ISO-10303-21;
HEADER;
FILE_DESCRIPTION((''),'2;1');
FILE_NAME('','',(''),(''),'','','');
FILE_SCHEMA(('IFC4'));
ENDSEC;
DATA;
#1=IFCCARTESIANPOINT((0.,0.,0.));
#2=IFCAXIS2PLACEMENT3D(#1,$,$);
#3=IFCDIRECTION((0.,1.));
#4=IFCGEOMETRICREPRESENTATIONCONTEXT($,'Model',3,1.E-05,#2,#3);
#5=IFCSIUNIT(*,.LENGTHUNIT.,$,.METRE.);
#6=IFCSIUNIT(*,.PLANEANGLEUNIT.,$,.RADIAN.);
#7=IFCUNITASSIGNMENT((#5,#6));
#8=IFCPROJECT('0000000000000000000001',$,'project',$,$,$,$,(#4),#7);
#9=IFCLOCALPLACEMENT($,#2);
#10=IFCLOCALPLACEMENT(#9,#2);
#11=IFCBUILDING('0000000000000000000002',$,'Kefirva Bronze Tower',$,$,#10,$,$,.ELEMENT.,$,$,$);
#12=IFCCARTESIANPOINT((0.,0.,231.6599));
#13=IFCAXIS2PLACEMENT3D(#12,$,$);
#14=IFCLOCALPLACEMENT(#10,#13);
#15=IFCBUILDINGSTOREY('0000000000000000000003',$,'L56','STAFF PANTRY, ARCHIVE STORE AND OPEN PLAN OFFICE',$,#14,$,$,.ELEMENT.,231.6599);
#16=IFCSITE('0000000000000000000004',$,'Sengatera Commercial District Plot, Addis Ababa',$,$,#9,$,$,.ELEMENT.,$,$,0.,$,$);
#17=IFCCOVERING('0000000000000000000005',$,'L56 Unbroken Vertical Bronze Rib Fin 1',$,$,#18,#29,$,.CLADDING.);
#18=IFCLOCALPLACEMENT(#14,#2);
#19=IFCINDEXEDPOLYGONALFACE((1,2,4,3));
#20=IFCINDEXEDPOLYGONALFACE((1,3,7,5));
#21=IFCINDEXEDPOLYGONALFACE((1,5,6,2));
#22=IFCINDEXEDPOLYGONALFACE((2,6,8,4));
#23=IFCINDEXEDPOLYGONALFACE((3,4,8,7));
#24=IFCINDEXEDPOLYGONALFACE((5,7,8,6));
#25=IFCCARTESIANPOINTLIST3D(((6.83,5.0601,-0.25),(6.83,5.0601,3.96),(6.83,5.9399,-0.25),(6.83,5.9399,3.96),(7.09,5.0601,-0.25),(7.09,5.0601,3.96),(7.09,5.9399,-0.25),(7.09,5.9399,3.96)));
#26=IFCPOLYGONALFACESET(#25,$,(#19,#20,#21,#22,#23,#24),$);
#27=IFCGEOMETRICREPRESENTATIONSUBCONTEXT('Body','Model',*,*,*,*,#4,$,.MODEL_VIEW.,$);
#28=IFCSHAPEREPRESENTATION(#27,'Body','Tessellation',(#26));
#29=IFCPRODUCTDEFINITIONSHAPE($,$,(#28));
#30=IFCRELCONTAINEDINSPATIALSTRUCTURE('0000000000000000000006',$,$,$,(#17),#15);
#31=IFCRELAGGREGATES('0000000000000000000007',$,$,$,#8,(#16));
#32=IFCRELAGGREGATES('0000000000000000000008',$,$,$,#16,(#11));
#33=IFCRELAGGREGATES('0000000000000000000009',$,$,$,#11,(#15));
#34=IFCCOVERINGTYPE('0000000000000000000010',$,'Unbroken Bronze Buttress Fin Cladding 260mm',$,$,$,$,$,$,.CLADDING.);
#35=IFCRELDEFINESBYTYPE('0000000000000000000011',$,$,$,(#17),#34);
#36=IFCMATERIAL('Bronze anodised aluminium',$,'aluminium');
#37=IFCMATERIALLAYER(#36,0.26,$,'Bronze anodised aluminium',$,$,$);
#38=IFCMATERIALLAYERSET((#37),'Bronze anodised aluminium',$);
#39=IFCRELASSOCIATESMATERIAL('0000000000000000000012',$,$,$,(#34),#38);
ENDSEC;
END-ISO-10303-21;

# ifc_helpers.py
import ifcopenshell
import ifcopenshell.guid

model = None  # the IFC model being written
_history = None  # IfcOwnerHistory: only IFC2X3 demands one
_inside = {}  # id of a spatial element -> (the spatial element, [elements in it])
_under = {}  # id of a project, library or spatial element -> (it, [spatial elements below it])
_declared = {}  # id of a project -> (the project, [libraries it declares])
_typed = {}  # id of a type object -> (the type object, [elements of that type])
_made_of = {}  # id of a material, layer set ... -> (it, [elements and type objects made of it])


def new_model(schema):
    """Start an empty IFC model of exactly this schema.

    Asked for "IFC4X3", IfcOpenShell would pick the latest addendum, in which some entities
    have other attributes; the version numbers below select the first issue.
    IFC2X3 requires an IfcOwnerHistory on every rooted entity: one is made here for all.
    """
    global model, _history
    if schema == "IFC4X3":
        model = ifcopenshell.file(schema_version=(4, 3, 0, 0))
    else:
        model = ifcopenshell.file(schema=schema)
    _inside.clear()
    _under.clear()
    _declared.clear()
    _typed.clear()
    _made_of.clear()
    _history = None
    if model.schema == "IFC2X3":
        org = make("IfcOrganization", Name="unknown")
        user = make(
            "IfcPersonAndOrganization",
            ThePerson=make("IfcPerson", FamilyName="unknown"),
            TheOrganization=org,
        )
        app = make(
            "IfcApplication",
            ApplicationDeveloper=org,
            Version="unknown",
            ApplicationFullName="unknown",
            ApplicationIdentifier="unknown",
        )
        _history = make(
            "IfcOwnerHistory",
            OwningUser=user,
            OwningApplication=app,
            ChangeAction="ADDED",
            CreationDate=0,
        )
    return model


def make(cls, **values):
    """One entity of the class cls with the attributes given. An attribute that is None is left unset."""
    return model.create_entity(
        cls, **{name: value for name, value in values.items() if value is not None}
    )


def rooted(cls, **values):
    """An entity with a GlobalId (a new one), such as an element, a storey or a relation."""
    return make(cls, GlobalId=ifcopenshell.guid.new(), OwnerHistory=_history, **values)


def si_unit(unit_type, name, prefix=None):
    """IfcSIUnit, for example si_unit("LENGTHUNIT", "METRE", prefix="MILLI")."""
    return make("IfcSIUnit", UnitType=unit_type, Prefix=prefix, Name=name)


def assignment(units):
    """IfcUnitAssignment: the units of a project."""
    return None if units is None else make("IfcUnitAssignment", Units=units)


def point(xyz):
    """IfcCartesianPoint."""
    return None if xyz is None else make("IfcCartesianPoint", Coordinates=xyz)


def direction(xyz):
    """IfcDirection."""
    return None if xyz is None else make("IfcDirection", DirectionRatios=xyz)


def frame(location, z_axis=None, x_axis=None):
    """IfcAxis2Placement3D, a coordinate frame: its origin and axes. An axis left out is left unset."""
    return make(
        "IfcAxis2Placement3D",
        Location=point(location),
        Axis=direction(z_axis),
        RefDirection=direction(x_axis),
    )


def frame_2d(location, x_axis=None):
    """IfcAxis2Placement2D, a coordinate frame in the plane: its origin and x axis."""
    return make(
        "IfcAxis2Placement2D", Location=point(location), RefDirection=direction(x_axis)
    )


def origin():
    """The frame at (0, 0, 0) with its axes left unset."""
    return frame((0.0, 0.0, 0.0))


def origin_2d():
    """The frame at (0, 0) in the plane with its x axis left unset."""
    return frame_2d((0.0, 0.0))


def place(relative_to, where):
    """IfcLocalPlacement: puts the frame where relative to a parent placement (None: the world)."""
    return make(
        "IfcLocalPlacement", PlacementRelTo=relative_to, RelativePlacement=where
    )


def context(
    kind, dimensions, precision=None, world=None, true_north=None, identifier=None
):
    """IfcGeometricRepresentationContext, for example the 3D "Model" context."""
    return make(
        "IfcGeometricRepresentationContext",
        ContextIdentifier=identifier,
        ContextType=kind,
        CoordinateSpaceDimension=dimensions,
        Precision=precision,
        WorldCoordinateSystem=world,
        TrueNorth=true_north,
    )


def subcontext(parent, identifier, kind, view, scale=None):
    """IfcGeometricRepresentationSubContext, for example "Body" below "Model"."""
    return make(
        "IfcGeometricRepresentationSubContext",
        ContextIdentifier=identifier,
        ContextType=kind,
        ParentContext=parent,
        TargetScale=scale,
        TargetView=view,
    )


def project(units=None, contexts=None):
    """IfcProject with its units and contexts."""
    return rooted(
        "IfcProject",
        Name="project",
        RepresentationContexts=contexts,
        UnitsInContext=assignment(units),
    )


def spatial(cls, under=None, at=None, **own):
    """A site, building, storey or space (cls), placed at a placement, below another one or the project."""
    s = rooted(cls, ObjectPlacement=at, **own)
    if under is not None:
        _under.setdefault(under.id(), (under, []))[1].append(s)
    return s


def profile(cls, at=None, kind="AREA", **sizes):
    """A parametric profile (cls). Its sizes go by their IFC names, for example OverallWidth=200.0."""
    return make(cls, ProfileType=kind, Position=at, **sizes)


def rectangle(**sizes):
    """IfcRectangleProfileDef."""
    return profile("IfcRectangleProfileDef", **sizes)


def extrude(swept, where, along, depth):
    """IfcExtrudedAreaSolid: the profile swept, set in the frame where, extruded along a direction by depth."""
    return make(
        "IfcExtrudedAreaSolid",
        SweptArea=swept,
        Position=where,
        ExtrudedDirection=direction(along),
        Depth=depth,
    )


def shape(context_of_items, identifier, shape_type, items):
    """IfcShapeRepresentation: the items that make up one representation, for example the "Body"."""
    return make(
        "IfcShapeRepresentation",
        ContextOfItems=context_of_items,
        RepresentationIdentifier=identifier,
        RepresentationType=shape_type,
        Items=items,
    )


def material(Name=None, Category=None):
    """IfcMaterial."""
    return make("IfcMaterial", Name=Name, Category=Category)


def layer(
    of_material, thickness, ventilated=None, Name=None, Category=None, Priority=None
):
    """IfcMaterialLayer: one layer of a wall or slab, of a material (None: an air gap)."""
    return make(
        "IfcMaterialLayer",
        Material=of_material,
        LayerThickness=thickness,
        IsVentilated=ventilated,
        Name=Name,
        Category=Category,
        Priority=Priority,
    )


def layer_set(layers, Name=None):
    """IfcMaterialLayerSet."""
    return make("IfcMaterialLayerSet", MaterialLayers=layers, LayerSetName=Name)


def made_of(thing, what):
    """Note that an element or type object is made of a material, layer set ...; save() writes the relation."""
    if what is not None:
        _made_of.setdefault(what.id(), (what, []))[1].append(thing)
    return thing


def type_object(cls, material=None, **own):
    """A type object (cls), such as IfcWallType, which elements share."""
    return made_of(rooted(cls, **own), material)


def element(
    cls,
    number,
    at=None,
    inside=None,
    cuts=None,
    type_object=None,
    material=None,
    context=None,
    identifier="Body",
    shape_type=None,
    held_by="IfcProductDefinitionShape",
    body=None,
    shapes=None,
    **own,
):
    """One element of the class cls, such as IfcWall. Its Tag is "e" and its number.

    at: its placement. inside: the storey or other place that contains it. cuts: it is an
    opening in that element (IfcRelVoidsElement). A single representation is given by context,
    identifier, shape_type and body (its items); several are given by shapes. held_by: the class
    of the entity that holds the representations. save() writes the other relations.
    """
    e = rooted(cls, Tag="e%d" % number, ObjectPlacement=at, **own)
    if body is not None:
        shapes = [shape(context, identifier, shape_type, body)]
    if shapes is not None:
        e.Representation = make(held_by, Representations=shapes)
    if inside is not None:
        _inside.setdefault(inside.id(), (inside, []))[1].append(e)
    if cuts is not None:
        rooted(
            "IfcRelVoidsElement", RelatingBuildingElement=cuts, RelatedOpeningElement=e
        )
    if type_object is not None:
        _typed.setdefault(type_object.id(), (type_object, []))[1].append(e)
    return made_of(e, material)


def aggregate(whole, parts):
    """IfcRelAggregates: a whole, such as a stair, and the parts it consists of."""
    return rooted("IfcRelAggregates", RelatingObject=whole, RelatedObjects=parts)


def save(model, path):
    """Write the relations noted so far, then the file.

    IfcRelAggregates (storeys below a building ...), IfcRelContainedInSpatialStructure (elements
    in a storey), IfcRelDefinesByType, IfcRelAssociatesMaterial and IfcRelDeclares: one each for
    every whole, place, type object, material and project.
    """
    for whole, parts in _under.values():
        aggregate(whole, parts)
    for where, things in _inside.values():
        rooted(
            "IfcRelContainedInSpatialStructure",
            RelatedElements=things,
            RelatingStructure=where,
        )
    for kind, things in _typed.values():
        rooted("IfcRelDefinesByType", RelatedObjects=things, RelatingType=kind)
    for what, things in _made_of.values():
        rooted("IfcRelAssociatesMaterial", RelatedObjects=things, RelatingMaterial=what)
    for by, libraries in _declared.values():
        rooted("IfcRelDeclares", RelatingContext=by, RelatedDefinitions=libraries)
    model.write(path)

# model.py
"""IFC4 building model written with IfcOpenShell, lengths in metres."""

from ifc_helpers import new_model, si_unit, direction, frame, origin, origin_2d, place, context, subcontext, project, spatial, rectangle, extrude, material, layer, layer_set, type_object, element, save


model = new_model("IFC4")

# Units and contexts
model_context = context("Model", 3, precision=1e-05, world=origin(), true_north=direction((0.0, 1.0)))
body_context = subcontext(model_context, "Body", "Model", "MODEL_VIEW")
ifc_project = project(units=[si_unit("LENGTHUNIT", "METRE"), si_unit("PLANEANGLEUNIT", "RADIAN")], contexts=[model_context])

# Site, building, storey
site_placement = place(None, origin())
site = spatial("IfcSite", under=ifc_project, at=site_placement, Name="Sengatera Commercial District Plot, Addis Ababa", CompositionType="ELEMENT", RefElevation=0.0)
building_placement = place(site_placement, origin())
building = spatial("IfcBuilding", under=site, at=building_placement, Name="Kefirva Bronze Tower", CompositionType="ELEMENT")
storey_placement = place(building_placement, frame((0.0, 0.0, 231.6599)))
storey = spatial("IfcBuildingStorey", under=building, at=storey_placement, Name="L56", Description="STAFF PANTRY, ARCHIVE STORE AND OPEN PLAN OFFICE", CompositionType="ELEMENT", Elevation=231.6599)

# Shared definitions
ifc_material_1 = material(Name="Bronze anodised aluminium", Category="aluminium")

# Covering
ifc_layer_1 = layer(ifc_material_1, 0.26, Name="Bronze anodised aluminium")
ifc_layer_set_1 = layer_set([ifc_layer_1], Name="Bronze anodised aluminium")
covering_type_1 = type_object("IfcCoveringType", Name="Unbroken Bronze Buttress Fin Cladding 260mm", PredefinedType="CLADDING", material=ifc_layer_set_1)
covering_1_placement = place(storey_placement, frame((6.96, 5.5, -0.25), z_axis=(0.0, 0.0, 1.0), x_axis=(1.0, 0.0, 0.0)))
element("IfcCovering", 1, at=covering_1_placement, inside=storey, type_object=covering_type_1, Name="L56 Unbroken Vertical Bronze Rib Fin 1", PredefinedType="CLADDING", context=body_context, shape_type="SweptSolid", body=[
    extrude(rectangle(XDim=0.26, YDim=0.8799, at=origin_2d()), origin(), (0.0, 0.0, 1.0), 4.21),
])

save(model, "model.ifc")
